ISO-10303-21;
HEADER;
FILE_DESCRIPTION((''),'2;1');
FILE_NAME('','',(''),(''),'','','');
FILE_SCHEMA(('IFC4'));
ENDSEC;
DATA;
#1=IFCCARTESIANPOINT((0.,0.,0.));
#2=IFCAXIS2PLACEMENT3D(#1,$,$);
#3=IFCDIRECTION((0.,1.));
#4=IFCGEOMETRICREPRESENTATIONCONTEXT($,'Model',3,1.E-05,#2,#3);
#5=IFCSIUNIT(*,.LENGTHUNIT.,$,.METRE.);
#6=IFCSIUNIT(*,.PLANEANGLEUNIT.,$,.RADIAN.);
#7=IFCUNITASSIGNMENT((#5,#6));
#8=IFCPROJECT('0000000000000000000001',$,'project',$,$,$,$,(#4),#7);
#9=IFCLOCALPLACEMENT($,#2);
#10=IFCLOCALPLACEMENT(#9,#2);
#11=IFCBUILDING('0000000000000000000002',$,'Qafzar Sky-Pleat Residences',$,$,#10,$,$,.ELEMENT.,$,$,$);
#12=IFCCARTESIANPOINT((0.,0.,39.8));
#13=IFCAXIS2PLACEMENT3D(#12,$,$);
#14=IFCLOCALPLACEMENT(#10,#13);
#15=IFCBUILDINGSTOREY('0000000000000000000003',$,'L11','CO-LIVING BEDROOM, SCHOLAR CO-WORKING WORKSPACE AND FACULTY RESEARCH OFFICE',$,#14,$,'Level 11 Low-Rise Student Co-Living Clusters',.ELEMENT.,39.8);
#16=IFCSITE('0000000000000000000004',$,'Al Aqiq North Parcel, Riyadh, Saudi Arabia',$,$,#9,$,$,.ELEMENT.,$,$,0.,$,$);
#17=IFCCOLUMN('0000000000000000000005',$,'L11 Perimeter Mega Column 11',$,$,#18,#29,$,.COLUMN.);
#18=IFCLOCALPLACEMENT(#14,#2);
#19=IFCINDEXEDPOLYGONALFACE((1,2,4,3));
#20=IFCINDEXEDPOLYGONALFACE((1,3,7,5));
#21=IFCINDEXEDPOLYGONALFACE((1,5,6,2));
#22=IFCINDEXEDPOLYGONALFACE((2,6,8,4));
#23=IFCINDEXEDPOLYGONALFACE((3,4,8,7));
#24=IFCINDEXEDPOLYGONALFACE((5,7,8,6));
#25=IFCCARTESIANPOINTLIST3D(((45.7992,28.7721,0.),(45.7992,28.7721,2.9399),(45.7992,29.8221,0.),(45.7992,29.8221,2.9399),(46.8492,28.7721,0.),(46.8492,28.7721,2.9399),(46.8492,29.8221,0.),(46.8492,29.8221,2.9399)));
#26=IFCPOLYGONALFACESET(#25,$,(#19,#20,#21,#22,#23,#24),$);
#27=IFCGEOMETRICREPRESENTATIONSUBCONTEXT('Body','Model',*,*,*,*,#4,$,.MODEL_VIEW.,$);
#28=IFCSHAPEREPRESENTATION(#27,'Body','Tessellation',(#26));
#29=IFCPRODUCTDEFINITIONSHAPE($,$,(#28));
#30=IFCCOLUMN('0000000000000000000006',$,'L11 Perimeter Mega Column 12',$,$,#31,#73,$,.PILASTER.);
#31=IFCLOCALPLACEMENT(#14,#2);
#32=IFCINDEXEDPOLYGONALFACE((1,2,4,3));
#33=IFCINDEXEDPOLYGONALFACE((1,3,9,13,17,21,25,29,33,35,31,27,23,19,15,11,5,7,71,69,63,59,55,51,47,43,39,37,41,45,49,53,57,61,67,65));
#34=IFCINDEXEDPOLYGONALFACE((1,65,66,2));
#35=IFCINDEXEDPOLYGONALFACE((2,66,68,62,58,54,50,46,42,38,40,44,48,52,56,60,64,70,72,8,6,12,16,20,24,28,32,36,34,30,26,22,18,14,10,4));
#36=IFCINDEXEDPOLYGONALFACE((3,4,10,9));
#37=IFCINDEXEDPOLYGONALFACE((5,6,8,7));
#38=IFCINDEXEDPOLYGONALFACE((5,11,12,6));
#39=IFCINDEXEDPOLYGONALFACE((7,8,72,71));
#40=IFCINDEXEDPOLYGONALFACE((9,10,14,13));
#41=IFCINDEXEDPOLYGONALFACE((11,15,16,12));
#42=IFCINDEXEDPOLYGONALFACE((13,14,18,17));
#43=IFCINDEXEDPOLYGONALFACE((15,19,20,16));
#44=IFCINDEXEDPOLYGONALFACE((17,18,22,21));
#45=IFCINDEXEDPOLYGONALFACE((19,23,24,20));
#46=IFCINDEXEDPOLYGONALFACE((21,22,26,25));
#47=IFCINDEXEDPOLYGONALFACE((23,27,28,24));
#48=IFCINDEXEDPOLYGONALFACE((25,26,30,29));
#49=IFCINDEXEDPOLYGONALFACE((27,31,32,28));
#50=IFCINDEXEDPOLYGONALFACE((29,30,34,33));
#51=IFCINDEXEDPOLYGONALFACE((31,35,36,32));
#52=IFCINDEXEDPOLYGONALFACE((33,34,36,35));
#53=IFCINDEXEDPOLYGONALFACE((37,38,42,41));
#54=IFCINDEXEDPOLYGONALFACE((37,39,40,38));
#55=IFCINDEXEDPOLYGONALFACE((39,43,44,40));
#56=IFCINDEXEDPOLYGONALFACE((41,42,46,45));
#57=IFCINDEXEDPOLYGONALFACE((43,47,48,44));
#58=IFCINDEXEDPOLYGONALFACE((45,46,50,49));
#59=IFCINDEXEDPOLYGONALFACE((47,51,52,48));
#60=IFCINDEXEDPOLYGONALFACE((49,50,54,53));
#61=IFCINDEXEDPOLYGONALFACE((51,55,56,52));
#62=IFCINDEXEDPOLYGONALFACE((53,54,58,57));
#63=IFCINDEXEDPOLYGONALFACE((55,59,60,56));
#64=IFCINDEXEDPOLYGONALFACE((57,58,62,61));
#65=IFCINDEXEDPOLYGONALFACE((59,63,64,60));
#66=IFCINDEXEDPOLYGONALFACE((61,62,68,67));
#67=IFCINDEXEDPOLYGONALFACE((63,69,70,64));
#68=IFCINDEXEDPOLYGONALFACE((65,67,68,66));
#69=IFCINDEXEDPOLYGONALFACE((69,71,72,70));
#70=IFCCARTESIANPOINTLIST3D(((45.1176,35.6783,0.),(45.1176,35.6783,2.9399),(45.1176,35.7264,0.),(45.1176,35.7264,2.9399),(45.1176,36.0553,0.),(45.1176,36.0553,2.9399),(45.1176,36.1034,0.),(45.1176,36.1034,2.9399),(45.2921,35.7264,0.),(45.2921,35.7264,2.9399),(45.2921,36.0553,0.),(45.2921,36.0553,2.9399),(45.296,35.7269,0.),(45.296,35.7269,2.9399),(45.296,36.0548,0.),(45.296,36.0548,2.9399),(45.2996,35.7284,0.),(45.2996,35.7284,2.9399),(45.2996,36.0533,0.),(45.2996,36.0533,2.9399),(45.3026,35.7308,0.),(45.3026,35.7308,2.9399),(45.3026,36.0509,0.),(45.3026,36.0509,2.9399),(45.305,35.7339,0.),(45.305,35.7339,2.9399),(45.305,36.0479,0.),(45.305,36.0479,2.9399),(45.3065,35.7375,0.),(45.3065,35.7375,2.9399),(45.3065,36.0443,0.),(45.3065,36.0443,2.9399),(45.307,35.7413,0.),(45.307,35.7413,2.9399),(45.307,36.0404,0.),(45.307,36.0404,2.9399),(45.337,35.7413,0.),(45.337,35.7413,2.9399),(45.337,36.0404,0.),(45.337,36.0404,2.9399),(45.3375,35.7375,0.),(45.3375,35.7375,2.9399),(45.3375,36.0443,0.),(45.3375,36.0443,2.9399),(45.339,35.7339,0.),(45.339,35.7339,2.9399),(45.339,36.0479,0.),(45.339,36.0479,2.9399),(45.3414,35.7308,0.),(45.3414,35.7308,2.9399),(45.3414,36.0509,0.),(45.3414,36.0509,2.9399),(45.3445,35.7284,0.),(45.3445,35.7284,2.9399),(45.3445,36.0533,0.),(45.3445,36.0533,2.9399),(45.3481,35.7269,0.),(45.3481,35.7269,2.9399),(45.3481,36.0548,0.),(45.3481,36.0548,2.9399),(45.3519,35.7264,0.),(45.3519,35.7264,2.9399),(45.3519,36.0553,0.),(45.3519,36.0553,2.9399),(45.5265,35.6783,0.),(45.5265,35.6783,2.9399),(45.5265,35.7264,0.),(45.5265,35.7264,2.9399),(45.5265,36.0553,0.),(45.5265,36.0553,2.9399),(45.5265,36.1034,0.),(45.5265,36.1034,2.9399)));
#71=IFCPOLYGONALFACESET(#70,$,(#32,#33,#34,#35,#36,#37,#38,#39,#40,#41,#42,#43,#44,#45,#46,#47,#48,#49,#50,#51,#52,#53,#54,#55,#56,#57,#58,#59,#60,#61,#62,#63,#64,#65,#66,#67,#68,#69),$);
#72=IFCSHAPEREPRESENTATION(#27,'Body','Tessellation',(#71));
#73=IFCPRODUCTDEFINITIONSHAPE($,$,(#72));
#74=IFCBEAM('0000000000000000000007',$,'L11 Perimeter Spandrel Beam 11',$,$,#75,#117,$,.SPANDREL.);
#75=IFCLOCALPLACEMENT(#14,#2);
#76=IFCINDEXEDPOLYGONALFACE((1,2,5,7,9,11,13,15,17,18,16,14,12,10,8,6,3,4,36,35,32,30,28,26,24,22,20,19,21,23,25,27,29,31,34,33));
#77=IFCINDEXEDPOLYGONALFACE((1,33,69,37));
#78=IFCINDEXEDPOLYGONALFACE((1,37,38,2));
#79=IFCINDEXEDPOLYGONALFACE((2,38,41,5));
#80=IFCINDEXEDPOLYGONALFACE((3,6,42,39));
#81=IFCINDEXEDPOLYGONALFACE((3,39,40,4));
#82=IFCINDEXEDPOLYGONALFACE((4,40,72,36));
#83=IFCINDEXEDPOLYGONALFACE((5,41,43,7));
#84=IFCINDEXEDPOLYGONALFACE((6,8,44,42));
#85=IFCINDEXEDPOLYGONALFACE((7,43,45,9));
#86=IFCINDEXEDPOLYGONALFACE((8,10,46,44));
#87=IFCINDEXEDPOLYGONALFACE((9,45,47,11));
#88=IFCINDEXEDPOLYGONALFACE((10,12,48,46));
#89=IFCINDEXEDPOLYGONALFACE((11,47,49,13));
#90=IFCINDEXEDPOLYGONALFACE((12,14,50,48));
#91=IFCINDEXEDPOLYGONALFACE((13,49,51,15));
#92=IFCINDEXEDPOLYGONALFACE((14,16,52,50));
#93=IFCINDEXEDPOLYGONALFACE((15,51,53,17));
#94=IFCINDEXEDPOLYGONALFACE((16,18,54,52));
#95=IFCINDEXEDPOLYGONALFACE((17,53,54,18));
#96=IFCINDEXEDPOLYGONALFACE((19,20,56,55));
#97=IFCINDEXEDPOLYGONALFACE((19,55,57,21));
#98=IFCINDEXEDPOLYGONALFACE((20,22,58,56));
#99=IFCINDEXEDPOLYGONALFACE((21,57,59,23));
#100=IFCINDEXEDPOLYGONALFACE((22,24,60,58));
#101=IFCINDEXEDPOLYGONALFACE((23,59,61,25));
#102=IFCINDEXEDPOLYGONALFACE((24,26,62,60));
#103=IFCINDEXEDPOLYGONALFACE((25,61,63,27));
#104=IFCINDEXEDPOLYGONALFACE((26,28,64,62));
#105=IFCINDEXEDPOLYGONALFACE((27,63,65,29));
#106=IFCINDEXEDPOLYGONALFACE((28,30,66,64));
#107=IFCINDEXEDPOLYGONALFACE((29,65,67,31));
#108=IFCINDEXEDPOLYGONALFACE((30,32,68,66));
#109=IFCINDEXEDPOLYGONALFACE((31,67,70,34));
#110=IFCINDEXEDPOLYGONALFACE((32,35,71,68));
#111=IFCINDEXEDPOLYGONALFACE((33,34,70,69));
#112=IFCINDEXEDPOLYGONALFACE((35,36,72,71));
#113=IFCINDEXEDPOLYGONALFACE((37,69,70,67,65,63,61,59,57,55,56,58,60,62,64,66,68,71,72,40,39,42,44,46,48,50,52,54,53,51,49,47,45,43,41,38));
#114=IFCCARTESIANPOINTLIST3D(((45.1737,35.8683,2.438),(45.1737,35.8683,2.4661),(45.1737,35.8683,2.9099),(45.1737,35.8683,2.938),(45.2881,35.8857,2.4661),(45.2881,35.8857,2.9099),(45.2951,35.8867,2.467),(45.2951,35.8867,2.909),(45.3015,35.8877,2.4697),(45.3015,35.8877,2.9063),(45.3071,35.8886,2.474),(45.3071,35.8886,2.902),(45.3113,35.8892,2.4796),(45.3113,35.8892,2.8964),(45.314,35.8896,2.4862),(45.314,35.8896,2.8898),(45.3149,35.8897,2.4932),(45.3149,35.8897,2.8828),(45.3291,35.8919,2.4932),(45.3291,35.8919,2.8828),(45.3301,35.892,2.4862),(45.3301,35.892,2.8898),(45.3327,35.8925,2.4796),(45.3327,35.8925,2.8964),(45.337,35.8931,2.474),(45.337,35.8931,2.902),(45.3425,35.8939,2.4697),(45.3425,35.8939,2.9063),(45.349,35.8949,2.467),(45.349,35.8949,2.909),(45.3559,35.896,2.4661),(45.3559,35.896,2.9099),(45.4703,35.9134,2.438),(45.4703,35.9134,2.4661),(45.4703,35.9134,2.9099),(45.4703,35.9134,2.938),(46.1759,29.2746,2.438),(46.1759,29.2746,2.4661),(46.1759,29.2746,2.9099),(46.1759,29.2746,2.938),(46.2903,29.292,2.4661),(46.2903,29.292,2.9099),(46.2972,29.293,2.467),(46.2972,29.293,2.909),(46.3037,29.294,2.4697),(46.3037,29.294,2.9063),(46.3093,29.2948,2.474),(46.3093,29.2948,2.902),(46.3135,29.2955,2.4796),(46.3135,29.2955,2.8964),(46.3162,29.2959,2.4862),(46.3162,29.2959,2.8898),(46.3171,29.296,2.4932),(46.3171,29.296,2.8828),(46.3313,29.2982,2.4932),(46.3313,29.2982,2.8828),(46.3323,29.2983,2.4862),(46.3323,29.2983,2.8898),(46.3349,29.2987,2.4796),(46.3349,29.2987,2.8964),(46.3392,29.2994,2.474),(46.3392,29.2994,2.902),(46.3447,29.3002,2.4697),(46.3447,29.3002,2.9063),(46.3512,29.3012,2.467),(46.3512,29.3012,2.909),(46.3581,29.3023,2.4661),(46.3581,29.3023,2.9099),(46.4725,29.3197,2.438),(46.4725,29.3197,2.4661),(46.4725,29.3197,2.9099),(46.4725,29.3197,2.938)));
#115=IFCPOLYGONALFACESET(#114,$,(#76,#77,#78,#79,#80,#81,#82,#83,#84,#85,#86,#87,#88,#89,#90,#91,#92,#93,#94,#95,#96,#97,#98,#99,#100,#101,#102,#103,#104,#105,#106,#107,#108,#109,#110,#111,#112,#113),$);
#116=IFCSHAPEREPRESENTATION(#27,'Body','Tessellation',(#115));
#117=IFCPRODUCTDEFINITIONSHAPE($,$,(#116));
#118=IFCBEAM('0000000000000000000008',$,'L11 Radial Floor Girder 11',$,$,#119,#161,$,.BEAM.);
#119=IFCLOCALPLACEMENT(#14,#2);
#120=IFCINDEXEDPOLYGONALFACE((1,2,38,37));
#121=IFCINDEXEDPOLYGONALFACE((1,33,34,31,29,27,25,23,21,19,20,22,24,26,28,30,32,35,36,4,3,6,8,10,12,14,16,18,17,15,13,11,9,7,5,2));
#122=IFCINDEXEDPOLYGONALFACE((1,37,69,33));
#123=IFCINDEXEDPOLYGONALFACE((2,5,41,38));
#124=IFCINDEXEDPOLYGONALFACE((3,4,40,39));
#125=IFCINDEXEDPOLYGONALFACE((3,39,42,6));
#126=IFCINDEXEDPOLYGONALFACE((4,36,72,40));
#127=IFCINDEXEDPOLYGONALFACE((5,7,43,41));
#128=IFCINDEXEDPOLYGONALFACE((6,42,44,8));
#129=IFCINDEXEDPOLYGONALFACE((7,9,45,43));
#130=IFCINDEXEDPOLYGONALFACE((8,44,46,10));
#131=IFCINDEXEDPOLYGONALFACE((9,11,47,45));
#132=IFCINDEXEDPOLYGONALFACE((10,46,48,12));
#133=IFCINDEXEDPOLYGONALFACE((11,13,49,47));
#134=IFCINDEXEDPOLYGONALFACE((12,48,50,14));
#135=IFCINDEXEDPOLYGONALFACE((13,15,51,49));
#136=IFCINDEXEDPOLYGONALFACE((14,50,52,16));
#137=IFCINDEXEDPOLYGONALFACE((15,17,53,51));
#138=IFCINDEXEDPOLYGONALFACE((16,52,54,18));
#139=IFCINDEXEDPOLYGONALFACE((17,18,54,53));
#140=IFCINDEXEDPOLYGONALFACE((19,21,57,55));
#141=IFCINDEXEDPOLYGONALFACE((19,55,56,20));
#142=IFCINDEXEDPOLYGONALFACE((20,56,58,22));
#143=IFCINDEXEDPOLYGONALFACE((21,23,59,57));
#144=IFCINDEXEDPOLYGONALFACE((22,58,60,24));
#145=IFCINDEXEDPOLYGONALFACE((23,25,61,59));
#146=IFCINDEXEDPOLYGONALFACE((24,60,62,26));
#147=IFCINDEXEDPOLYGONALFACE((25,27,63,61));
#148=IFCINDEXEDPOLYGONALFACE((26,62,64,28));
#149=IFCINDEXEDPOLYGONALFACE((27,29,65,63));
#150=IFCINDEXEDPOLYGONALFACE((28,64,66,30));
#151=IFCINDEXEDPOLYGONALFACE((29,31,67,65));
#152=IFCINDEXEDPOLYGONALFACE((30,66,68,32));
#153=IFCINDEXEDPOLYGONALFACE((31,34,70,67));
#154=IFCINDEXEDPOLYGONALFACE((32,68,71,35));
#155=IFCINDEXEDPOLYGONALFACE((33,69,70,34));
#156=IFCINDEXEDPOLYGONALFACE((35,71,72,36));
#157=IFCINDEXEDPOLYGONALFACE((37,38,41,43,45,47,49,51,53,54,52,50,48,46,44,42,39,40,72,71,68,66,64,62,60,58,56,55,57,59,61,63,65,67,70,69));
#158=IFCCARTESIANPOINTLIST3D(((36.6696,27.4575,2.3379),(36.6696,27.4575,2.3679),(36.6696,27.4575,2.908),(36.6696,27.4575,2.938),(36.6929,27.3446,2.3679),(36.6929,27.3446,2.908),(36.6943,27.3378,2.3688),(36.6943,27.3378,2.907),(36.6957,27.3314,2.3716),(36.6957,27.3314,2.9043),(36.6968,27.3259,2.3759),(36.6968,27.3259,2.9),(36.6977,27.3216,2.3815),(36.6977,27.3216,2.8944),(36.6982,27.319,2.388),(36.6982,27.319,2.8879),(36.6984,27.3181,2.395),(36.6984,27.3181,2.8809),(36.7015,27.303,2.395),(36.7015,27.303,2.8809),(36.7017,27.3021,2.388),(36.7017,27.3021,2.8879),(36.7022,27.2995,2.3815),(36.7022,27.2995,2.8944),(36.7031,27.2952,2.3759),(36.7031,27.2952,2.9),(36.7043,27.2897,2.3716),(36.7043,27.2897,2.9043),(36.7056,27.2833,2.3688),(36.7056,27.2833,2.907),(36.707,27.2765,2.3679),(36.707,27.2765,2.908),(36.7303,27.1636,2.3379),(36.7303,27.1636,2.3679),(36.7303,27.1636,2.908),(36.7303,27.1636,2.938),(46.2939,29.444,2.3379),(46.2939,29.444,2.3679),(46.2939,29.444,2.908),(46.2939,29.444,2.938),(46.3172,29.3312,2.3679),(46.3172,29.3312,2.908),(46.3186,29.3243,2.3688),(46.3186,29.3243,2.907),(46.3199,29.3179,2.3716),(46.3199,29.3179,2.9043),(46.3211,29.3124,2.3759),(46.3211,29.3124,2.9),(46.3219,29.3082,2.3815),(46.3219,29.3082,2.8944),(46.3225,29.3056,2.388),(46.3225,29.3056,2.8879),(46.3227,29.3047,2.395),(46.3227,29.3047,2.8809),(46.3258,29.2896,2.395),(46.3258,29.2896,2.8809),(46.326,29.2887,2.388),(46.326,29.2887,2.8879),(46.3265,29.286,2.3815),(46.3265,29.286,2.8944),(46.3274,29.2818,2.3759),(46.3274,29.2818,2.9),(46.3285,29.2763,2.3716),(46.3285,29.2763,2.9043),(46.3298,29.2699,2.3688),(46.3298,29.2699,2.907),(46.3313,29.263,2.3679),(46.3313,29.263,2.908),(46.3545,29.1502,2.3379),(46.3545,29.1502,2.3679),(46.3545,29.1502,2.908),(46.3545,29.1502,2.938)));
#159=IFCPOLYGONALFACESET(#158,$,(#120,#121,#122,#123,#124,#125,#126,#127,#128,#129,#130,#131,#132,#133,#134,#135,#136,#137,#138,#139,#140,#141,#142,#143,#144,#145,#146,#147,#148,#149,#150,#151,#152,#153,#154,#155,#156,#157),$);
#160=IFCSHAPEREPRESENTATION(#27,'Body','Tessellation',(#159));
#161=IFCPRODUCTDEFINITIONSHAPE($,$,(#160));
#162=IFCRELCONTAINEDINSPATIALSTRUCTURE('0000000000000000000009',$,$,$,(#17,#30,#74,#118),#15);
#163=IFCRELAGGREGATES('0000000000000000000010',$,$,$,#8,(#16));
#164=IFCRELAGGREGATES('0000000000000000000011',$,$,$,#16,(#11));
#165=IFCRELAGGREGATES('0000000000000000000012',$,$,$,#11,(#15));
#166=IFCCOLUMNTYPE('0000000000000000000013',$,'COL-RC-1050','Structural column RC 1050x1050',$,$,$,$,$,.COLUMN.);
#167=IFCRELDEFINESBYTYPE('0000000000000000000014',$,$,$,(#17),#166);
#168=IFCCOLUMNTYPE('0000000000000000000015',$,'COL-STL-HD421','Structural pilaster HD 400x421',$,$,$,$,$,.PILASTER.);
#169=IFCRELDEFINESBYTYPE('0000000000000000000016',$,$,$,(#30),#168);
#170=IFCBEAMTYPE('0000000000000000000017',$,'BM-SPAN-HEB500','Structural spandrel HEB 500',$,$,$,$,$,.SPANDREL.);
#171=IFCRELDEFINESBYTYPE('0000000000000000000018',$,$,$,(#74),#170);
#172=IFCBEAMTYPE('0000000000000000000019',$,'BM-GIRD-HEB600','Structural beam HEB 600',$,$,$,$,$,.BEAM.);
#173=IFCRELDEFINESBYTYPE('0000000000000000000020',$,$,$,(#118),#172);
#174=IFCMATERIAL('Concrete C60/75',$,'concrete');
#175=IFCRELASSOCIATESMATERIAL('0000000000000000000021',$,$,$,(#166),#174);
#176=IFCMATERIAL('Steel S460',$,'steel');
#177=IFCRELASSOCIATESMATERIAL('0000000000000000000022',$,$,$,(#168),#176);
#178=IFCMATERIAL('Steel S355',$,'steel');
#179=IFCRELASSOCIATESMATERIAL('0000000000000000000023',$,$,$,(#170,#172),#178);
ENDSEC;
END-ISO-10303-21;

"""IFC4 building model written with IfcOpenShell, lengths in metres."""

from ifc_helpers import new_model, si_unit, direction, frame, origin, origin_2d, place, context, subcontext, project, spatial, rectangle, i_section, extrude, source, transform, mapped, material, material_profile, profile_set, type_object, element, save


model = new_model("IFC4")

# Units and contexts
model_context = context("Model", 3, precision=1e-05, world=origin(), true_north=direction((0.0, 1.0)))
body_context = subcontext(model_context, "Body", "Model", "MODEL_VIEW")
ifc_project = project(units=[si_unit("LENGTHUNIT", "METRE"), si_unit("PLANEANGLEUNIT", "RADIAN")], contexts=[model_context])

# Site, building, storey
site_placement = place(None, origin())
site = spatial("IfcSite", under=ifc_project, at=site_placement, Name="Al Aqiq North Parcel, Riyadh, Saudi Arabia", CompositionType="ELEMENT", RefElevation=0.0)
building_placement = place(site_placement, origin())
building = spatial("IfcBuilding", under=site, at=building_placement, Name="Qafzar Sky-Pleat Residences", CompositionType="ELEMENT")
storey_placement = place(building_placement, frame((0.0, 0.0, 39.8)))
storey = spatial("IfcBuildingStorey", under=building, at=storey_placement, Name="L11", Description="CO-LIVING BEDROOM, SCHOLAR CO-WORKING WORKSPACE AND FACULTY RESEARCH OFFICE", LongName="Level 11 Low-Rise Student Co-Living Clusters", CompositionType="ELEMENT", Elevation=39.8)

# Columns
ifc_material_1 = material(Name="Concrete C60/75", Category="concrete")
ifc_material_profile_1 = material_profile(ifc_material_1, rectangle(XDim=1.05, YDim=1.05, at=origin_2d()), Name="RC 1050x1050")
ifc_profile_set_1 = profile_set([ifc_material_profile_1], Name="Concrete C60/75")
column_type_1 = type_object("IfcColumnType", Name="COL-RC-1050", Description="Structural column RC 1050x1050", PredefinedType="COLUMN", material=ifc_profile_set_1)
shared_shape_1 = source(origin(), body_context, "Body", "SweptSolid", [
    extrude(rectangle(XDim=1.05, YDim=1.05, at=origin_2d()), origin(), (0.0, 0.0, 1.0), 2.9399),
])
column_1_placement = place(storey_placement, frame((46.3242, 29.2971, 0.0), z_axis=(0.0, 0.0, 1.0), x_axis=(1.0, 0.0, 0.0)))
element("IfcColumn", 1, at=column_1_placement, inside=storey, type_object=column_type_1, Name="L11 Perimeter Mega Column 11", PredefinedType="COLUMN", context=body_context, shape_type="MappedRepresentation", body=[
    mapped(shared_shape_1, transform((0.0, 0.0, 0.0), x_axis=(1.0, 0.0, 0.0), y_axis=(0.0, 1.0, 0.0), z_axis=(0.0, 0.0, 1.0), scale=1.0)),
])
ifc_material_2 = material(Name="Steel S460", Category="steel")
ifc_material_profile_2 = material_profile(ifc_material_2, i_section(OverallWidth=0.4089, OverallDepth=0.425, WebThickness=0.03, FlangeThickness=0.0481, FilletRadius=0.0149, at=origin_2d()), Name="HD 400x421")
ifc_profile_set_2 = profile_set([ifc_material_profile_2], Name="Steel S460")
column_type_2 = type_object("IfcColumnType", Name="COL-STL-HD421", Description="Structural pilaster HD 400x421", PredefinedType="PILASTER", material=ifc_profile_set_2)
shared_shape_2 = source(origin(), body_context, "Body", "SweptSolid", [
    extrude(i_section(OverallWidth=0.4089, OverallDepth=0.425, WebThickness=0.03, FlangeThickness=0.0481, FilletRadius=0.0149, at=origin_2d()), origin(), (0.0, 0.0, 1.0), 2.9399),
])
column_2_placement = place(storey_placement, frame((45.322, 35.8909, 0.0), z_axis=(0.0, 0.0, 1.0), x_axis=(1.0, 0.0, 0.0)))
element("IfcColumn", 2, at=column_2_placement, inside=storey, type_object=column_type_2, Name="L11 Perimeter Mega Column 12", PredefinedType="PILASTER", context=body_context, shape_type="MappedRepresentation", body=[
    mapped(shared_shape_2, transform((0.0, 0.0, 0.0), x_axis=(1.0, 0.0, 0.0), y_axis=(0.0, 1.0, 0.0), z_axis=(0.0, 0.0, 1.0), scale=1.0)),
])

# Beams
ifc_material_3 = material(Name="Steel S355", Category="steel")
ifc_material_profile_3 = material_profile(ifc_material_3, i_section(OverallWidth=0.3, OverallDepth=0.5, WebThickness=0.0144, FlangeThickness=0.0281, FilletRadius=0.0271, at=origin_2d()), Name="HEB 500")
ifc_profile_set_3 = profile_set([ifc_material_profile_3], Name="Steel S355")
beam_type_1 = type_object("IfcBeamType", Name="BM-SPAN-HEB500", Description="Structural spandrel HEB 500", PredefinedType="SPANDREL", material=ifc_profile_set_3)
shared_shape_3 = source(origin(), body_context, "Body", "SweptSolid", [
    extrude(i_section(OverallWidth=0.3, OverallDepth=0.5, WebThickness=0.0144, FlangeThickness=0.0281, FilletRadius=0.0271, at=origin_2d()), origin(), (0.0, 0.0, 1.0), 6.6694),
])
beam_1_placement = place(storey_placement, frame((46.3242, 29.2971, 2.688), z_axis=(-0.150266, 0.988646, 0.0), x_axis=(-0.988646, -0.150266, 0.0)))
element("IfcBeam", 3, at=beam_1_placement, inside=storey, type_object=beam_type_1, Name="L11 Perimeter Spandrel Beam 11", PredefinedType="SPANDREL", context=body_context, shape_type="MappedRepresentation", body=[
    mapped(shared_shape_3, transform((0.0, 0.0, 0.0), x_axis=(1.0, 0.0, 0.0), y_axis=(0.0, 1.0, 0.0), z_axis=(0.0, 0.0, 1.0), scale=1.0)),
])
ifc_material_profile_4 = material_profile(ifc_material_3, i_section(OverallWidth=0.3, OverallDepth=0.6001, WebThickness=0.0154, FlangeThickness=0.03, FilletRadius=0.0271, at=origin_2d()), Name="HEB 600")
ifc_profile_set_4 = profile_set([ifc_material_profile_4], Name="Steel S355")
beam_type_2 = type_object("IfcBeamType", Name="BM-GIRD-HEB600", Description="Structural beam HEB 600", PredefinedType="BEAM", material=ifc_profile_set_4)
shared_shape_4 = source(origin(), body_context, "Body", "SweptSolid", [
    extrude(i_section(OverallWidth=0.3, OverallDepth=0.6001, WebThickness=0.0154, FlangeThickness=0.03, FilletRadius=0.0271, at=origin_2d()), origin(), (0.0, 0.0, 1.0), 9.8271),
])
beam_2_placement = place(storey_placement, frame((46.3242, 29.2971, 2.6379), z_axis=(-0.979354, -0.202151, 0.0), x_axis=(0.202151, -0.979354, 0.0)))
element("IfcBeam", 4, at=beam_2_placement, inside=storey, type_object=beam_type_2, Name="L11 Radial Floor Girder 11", PredefinedType="BEAM", context=body_context, shape_type="MappedRepresentation", body=[
    mapped(shared_shape_4, transform((0.0, 0.0, 0.0), x_axis=(1.0, 0.0, 0.0), y_axis=(0.0, 1.0, 0.0), z_axis=(0.0, 0.0, 1.0), scale=1.0)),
])

save(model, "model.ifc")
